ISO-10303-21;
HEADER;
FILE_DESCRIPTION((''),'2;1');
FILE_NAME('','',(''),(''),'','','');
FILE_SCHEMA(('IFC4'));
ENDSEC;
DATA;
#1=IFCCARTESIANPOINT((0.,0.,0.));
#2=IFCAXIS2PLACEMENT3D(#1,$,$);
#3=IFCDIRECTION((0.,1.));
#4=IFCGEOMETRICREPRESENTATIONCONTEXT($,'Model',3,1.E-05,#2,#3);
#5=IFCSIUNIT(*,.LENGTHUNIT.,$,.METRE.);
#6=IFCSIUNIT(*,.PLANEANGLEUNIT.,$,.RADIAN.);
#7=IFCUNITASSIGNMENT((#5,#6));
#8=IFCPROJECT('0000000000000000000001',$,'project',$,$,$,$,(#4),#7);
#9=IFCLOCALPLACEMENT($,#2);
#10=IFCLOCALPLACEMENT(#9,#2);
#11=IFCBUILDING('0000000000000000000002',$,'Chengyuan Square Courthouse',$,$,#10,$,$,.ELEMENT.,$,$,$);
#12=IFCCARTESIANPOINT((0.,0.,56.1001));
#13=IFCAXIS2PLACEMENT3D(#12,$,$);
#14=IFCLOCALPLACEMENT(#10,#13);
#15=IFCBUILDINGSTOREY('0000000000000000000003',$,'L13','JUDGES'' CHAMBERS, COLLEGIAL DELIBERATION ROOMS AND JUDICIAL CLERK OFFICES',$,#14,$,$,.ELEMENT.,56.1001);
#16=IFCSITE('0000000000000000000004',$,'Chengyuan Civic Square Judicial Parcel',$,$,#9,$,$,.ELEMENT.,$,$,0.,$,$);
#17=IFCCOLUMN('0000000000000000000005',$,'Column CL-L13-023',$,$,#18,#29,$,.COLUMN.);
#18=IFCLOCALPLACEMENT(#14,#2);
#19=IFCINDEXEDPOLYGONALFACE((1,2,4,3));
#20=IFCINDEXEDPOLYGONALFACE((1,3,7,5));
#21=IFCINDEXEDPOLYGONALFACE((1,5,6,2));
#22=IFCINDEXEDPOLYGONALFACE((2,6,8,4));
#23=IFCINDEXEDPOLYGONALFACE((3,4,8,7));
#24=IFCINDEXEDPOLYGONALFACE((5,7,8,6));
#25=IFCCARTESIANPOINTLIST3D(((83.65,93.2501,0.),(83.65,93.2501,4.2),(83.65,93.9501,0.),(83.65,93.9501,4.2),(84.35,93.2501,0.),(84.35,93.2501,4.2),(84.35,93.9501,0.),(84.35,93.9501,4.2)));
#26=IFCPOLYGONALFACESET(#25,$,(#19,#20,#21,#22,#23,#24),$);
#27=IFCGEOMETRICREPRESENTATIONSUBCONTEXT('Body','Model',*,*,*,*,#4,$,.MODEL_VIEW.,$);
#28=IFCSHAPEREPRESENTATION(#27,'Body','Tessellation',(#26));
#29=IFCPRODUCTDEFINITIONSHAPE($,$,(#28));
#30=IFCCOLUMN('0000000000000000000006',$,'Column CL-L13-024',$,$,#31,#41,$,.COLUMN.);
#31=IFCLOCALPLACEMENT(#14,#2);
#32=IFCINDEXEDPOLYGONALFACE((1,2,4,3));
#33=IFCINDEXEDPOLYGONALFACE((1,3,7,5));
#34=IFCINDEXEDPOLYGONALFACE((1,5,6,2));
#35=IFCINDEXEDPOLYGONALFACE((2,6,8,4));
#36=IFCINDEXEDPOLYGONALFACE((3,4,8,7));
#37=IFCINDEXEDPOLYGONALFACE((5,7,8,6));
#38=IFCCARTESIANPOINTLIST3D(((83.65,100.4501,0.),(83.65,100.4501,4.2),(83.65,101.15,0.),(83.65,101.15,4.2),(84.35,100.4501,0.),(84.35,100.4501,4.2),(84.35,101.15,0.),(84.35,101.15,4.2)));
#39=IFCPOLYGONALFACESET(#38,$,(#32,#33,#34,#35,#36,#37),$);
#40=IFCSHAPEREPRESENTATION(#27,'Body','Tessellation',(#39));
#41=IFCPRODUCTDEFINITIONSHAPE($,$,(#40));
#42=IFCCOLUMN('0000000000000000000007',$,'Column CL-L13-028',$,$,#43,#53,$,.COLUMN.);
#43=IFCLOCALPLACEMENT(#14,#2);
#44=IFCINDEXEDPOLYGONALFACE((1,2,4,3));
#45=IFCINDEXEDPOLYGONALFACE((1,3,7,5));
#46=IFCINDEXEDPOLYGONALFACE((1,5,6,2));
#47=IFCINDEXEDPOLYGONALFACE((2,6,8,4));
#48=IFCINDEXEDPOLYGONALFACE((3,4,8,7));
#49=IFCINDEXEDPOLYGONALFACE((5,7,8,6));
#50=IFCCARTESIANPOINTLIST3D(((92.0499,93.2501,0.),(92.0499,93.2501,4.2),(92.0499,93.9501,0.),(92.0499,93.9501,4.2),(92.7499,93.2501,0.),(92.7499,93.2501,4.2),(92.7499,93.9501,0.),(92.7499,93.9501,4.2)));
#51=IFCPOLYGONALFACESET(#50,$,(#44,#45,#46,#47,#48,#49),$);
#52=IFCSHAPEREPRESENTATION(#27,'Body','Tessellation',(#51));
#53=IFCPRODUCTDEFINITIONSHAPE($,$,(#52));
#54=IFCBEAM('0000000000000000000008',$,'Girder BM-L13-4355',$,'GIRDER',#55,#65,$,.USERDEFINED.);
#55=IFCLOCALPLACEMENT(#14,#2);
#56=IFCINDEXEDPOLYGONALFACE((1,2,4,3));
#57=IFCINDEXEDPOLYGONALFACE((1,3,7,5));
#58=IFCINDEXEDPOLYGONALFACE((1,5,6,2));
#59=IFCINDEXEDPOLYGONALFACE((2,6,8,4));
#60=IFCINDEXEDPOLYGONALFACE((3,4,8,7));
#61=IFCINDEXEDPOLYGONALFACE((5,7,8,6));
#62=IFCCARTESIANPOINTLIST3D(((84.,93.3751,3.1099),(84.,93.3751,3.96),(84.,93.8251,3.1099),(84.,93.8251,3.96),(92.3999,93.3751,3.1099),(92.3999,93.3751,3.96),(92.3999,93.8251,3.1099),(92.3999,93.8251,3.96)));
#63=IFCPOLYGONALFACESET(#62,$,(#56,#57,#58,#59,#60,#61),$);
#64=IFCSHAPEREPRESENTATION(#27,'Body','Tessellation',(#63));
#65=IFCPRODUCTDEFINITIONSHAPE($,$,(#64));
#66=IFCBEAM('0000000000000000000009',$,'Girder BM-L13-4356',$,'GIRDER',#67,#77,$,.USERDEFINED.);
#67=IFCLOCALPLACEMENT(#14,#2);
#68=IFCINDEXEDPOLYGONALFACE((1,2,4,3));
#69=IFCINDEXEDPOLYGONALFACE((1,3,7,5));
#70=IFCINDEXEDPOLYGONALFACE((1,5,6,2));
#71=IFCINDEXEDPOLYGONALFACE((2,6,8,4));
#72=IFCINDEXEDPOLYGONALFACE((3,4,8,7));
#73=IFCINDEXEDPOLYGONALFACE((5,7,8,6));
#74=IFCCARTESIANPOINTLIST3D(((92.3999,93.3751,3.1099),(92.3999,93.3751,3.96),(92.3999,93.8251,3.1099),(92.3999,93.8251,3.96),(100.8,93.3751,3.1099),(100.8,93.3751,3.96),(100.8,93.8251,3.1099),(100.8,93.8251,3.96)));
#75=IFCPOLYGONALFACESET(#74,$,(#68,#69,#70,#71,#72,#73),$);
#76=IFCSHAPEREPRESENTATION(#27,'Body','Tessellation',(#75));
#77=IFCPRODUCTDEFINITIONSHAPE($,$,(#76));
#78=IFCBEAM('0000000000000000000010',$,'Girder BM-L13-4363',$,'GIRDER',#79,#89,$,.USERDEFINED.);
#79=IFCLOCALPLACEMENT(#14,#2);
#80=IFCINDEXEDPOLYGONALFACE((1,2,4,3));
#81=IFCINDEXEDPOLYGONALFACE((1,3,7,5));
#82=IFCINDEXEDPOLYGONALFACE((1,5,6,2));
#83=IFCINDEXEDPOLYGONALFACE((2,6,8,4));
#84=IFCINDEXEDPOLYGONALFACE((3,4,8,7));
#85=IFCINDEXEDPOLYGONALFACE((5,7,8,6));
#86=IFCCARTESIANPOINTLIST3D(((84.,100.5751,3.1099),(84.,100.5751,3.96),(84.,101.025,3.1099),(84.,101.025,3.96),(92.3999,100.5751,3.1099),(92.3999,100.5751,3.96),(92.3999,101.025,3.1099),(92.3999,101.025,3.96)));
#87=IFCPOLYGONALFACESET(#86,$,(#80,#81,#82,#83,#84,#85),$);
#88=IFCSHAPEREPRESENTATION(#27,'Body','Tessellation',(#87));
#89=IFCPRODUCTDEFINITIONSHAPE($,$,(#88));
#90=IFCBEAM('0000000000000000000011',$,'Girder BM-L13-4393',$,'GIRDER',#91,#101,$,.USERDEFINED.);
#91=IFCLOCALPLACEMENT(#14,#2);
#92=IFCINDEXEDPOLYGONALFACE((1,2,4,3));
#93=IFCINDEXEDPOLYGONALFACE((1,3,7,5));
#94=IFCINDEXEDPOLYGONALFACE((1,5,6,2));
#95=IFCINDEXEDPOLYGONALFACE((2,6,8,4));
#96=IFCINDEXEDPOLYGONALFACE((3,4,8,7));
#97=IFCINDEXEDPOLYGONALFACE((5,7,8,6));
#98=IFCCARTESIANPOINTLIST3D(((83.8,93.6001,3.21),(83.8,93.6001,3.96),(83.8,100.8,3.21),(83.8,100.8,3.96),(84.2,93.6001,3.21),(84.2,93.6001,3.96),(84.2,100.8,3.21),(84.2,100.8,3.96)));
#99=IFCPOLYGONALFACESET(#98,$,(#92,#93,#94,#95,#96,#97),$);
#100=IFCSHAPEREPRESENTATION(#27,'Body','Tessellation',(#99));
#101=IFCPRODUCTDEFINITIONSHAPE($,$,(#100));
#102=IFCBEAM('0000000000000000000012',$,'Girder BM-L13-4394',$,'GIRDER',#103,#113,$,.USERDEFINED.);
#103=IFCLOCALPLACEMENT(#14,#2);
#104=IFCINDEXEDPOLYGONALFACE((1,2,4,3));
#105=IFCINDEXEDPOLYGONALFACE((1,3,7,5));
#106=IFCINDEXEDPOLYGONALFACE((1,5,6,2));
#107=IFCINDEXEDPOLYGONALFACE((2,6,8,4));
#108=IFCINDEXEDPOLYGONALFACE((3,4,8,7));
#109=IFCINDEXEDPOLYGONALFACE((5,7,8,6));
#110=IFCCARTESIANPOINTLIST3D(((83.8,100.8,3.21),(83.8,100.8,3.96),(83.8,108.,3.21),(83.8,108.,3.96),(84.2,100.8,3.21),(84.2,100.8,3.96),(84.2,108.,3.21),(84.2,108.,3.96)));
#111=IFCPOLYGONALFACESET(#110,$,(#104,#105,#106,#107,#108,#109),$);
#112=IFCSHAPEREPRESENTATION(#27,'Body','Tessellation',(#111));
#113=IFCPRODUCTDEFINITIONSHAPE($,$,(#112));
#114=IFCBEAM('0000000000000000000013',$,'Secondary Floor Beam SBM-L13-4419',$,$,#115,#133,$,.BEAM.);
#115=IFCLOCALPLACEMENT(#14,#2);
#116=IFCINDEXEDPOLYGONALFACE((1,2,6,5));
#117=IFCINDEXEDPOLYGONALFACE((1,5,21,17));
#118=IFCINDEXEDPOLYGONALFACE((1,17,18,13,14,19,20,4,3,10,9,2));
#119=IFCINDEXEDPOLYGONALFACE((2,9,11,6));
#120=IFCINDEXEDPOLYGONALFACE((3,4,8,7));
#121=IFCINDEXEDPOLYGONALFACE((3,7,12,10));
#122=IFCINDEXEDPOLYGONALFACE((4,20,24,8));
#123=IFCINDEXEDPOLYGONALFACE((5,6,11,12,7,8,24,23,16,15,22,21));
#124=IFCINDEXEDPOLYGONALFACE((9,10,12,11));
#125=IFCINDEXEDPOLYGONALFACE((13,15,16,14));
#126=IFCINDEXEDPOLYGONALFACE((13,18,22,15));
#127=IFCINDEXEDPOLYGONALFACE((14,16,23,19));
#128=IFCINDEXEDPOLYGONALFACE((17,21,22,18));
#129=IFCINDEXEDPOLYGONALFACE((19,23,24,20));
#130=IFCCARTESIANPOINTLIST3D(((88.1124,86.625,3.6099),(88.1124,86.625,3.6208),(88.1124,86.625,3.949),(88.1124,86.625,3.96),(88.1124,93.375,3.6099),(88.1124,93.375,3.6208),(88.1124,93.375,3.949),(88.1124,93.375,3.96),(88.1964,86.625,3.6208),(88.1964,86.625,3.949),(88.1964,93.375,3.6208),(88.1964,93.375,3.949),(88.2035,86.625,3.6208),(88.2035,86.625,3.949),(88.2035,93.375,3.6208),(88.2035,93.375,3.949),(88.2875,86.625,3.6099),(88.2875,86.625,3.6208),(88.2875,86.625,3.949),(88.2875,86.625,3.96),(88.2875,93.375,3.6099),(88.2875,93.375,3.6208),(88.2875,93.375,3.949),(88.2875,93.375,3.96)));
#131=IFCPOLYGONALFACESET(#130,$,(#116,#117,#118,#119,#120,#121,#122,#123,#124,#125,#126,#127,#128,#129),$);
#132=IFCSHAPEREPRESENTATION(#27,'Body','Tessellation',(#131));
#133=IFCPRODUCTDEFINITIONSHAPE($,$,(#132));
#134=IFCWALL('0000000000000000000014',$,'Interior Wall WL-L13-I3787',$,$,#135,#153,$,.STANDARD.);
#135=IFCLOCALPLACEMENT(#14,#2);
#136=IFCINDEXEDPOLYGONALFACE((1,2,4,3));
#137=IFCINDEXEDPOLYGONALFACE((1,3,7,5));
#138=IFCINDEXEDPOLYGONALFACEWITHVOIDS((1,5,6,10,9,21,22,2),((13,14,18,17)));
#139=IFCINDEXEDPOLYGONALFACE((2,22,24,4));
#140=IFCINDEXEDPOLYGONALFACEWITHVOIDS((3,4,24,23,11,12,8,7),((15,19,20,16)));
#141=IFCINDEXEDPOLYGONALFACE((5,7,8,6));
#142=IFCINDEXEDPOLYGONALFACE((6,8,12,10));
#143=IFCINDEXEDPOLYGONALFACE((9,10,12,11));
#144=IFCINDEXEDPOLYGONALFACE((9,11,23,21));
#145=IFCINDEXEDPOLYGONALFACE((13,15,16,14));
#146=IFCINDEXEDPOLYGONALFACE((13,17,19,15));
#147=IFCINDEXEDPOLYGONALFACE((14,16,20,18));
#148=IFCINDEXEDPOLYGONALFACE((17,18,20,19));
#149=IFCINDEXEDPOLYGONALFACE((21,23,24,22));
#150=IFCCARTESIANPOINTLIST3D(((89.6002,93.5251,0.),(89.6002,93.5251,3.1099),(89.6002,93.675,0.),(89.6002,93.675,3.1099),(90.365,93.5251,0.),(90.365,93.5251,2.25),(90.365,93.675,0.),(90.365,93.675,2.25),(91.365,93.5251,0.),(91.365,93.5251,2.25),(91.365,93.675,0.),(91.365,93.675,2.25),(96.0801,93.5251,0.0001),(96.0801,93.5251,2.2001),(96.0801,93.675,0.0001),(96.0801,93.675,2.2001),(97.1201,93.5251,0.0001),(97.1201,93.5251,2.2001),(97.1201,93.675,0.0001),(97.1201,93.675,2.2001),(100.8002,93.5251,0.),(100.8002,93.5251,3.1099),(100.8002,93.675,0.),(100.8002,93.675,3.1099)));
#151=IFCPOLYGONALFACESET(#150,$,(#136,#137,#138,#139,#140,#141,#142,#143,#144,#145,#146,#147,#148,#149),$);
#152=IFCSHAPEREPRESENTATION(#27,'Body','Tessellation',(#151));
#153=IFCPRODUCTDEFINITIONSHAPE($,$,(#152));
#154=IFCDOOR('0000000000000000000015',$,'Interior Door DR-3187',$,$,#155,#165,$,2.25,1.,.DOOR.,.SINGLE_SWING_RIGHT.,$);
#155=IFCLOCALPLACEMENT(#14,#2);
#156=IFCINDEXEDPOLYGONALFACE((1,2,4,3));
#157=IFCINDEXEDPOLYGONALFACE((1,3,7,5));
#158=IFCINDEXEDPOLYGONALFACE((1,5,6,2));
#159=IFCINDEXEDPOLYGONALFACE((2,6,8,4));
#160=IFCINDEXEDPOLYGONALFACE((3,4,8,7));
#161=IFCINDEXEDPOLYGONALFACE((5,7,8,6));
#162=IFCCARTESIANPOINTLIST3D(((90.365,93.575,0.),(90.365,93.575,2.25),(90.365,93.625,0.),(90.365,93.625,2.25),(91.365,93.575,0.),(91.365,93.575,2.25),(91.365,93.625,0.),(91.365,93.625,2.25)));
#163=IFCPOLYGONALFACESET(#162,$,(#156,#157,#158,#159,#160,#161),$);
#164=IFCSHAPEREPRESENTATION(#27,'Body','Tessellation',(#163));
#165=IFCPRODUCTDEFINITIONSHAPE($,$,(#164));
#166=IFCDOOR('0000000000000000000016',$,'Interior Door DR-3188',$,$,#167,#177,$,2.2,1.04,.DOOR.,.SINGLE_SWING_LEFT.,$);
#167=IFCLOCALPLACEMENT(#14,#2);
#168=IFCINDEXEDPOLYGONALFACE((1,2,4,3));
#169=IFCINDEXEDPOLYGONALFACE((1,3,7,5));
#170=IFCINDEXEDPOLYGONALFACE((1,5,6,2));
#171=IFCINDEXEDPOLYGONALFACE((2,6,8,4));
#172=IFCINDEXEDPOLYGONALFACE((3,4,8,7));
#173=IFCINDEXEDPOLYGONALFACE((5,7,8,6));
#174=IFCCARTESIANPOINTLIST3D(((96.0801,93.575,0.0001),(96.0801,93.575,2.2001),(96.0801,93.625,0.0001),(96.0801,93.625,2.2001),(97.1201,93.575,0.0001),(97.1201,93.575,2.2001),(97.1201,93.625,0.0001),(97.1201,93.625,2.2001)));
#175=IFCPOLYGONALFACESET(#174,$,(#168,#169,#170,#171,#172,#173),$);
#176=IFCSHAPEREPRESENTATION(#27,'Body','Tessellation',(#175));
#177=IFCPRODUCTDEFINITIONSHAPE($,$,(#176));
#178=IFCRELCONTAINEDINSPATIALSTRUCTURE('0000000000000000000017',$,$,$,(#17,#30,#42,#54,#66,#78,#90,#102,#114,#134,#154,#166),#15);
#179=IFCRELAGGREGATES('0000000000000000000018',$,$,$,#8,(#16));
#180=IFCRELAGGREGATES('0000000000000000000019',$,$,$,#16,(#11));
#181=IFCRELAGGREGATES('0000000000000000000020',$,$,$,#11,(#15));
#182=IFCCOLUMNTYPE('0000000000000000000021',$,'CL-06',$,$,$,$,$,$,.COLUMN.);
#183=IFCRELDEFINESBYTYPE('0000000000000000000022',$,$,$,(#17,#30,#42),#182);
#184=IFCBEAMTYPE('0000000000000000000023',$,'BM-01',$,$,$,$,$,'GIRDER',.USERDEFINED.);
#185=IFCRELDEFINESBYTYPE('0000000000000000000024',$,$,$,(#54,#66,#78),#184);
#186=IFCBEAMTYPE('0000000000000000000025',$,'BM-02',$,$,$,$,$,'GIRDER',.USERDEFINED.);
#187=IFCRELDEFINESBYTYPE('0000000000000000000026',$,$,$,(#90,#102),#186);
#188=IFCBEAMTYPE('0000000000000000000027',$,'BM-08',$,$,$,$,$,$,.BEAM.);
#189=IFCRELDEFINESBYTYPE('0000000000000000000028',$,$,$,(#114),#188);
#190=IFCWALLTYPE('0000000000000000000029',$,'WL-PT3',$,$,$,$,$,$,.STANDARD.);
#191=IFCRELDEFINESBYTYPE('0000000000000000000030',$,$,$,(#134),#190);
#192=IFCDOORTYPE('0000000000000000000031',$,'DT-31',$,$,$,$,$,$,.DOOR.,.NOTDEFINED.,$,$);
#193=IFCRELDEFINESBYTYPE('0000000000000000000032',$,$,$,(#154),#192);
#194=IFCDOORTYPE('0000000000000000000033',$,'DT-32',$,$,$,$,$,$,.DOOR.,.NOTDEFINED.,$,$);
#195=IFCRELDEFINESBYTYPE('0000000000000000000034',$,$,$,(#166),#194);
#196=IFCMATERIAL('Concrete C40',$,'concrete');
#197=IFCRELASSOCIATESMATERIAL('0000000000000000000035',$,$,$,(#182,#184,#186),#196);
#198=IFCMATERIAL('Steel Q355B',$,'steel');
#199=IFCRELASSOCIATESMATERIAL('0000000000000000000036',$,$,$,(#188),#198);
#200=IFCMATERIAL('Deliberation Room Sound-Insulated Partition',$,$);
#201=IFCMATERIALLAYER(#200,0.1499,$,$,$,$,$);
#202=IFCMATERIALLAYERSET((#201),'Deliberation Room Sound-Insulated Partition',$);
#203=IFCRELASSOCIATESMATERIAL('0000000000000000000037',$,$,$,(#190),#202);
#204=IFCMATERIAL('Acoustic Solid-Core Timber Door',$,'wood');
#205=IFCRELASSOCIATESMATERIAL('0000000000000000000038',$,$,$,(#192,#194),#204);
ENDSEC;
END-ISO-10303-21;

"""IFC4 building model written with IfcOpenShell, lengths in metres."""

from ifc_helpers import new_model, si_unit, direction, frame, frame_2d, origin, origin_2d, place, context, subcontext, project, spatial, rectangle, i_section, extrude, material, layer, layer_set, material_profile, profile_set, type_object, element, fill, save


model = new_model("IFC4")

# Units and contexts
model_context = context("Model", 3, precision=1e-05, world=origin(), true_north=direction((0.0, 1.0)))
body_context = subcontext(model_context, "Body", "Model", "MODEL_VIEW")
ifc_project = project(units=[si_unit("LENGTHUNIT", "METRE"), si_unit("PLANEANGLEUNIT", "RADIAN")], contexts=[model_context])

# Site, building, storey
site_placement = place(None, origin())
site = spatial("IfcSite", under=ifc_project, at=site_placement, Name="Chengyuan Civic Square Judicial Parcel", CompositionType="ELEMENT", RefElevation=0.0)
building_placement = place(site_placement, origin())
building = spatial("IfcBuilding", under=site, at=building_placement, Name="Chengyuan Square Courthouse", CompositionType="ELEMENT")
storey_placement = place(building_placement, frame((0.0, 0.0, 56.1001)))
storey = spatial("IfcBuildingStorey", under=building, at=storey_placement, Name="L13", Description="JUDGES' CHAMBERS, COLLEGIAL DELIBERATION ROOMS AND JUDICIAL CLERK OFFICES", CompositionType="ELEMENT", Elevation=56.1001)

# Columns
ifc_material_1 = material(Name="Concrete C40", Category="concrete")
ifc_material_profile_1 = material_profile(ifc_material_1, rectangle(XDim=0.7, YDim=0.7, at=origin_2d()), Name="RC-COL-700x700")
ifc_profile_set_1 = profile_set([ifc_material_profile_1], Name="Concrete C40")
column_type = type_object("IfcColumnType", Name="CL-06", PredefinedType="COLUMN", material=ifc_profile_set_1)
for number, where, z_axis, x_axis, name in (
    (1, (84.0, 93.6001, 0.0), (0.0, 0.0, 1.0), (1.0, 0.0, 0.0), "Column CL-L13-023"),
    (2, (84.0, 100.8, 0.0), (0.0, 0.0, 1.0), (1.0, 0.0, 0.0), "Column CL-L13-024"),
    (3, (92.3999, 93.6001, 0.0), (0.0, 0.0, 1.0), (1.0, 0.0, 0.0), "Column CL-L13-028"),
):
    element("IfcColumn", number, at=place(storey_placement, frame(where, z_axis=z_axis, x_axis=x_axis)), inside=storey, type_object=column_type, Name=name, PredefinedType="COLUMN", context=body_context, shape_type="SweptSolid", body=[
        extrude(rectangle(XDim=0.7, YDim=0.7, at=origin_2d()), origin(), (0.0, 0.0, 1.0), 4.2),
    ])

# Beams
ifc_material_profile_2 = material_profile(ifc_material_1, rectangle(XDim=0.45, YDim=0.8501, at=origin_2d()), Name="RC-BM-450x850")
ifc_profile_set_2 = profile_set([ifc_material_profile_2], Name="Concrete C40")
beam_type_1 = type_object("IfcBeamType", Name="BM-01", ElementType="GIRDER", PredefinedType="USERDEFINED", material=ifc_profile_set_2)
beam_1_placement = place(storey_placement, frame((84.0, 93.6001, 3.5349), z_axis=(1.0, 0.0, 0.0), x_axis=(0.0, 1.0, 0.0)))
element("IfcBeam", 4, at=beam_1_placement, inside=storey, type_object=beam_type_1, Name="Girder BM-L13-4355", ObjectType="GIRDER", PredefinedType="USERDEFINED", context=body_context, shape_type="SweptSolid", body=[
    extrude(rectangle(XDim=0.45, YDim=0.8501, at=origin_2d()), origin(), (0.0, 0.0, 1.0), 8.3999),
])
beam_2_placement = place(storey_placement, frame((92.3999, 93.6001, 3.5349), z_axis=(1.0, 0.0, 0.0), x_axis=(0.0, 1.0, 0.0)))
element("IfcBeam", 5, at=beam_2_placement, inside=storey, type_object=beam_type_1, Name="Girder BM-L13-4356", ObjectType="GIRDER", PredefinedType="USERDEFINED", context=body_context, shape_type="SweptSolid", body=[
    extrude(rectangle(XDim=0.45, YDim=0.8501, at=origin_2d()), origin(), (0.0, 0.0, 1.0), 8.4001),
])
beam_3_placement = place(storey_placement, frame((84.0, 100.8, 3.5349), z_axis=(1.0, 0.0, 0.0), x_axis=(0.0, 1.0, 0.0)))
element("IfcBeam", 6, at=beam_3_placement, inside=storey, type_object=beam_type_1, Name="Girder BM-L13-4363", ObjectType="GIRDER", PredefinedType="USERDEFINED", context=body_context, shape_type="SweptSolid", body=[
    extrude(rectangle(XDim=0.45, YDim=0.8501, at=origin_2d()), origin(), (0.0, 0.0, 1.0), 8.3999),
])
ifc_material_profile_3 = material_profile(ifc_material_1, rectangle(XDim=0.3999, YDim=0.75, at=origin_2d()), Name="RC-BM-400x750")
ifc_profile_set_3 = profile_set([ifc_material_profile_3], Name="Concrete C40")
beam_type_2 = type_object("IfcBeamType", Name="BM-02", ElementType="GIRDER", PredefinedType="USERDEFINED", material=ifc_profile_set_3)
for number, where, z_axis, x_axis, name in (
    (7, (84.0, 93.6001, 3.585), (0.0, 1.0, 0.0), (-1.0, 0.0, 0.0), "Girder BM-L13-4393"),
    (8, (84.0, 100.8, 3.585), (0.0, 1.0, 0.0), (-1.0, 0.0, 0.0), "Girder BM-L13-4394"),
):
    element("IfcBeam", number, at=place(storey_placement, frame(where, z_axis=z_axis, x_axis=x_axis)), inside=storey, type_object=beam_type_2, Name=name, ObjectType="GIRDER", PredefinedType="USERDEFINED", context=body_context, shape_type="SweptSolid", body=[
        extrude(rectangle(XDim=0.3999, YDim=0.75, at=origin_2d()), origin(), (0.0, 0.0, 1.0), 7.2),
    ])
ifc_material_2 = material(Name="Steel Q355B", Category="steel")
ifc_material_profile_4 = material_profile(ifc_material_2, i_section(OverallWidth=0.175, OverallDepth=0.3501, WebThickness=0.0071, FlangeThickness=0.011, at=origin_2d()), Name="HN 350x175x7x11")
ifc_profile_set_4 = profile_set([ifc_material_profile_4], Name="Steel Q355B")
beam_type_3 = type_object("IfcBeamType", Name="BM-08", PredefinedType="BEAM", material=ifc_profile_set_4)
beam_4_placement = place(storey_placement, frame((88.2, 86.625, 3.7849), z_axis=(0.0, 1.0, 0.0), x_axis=(-1.0, 0.0, 0.0)))
element("IfcBeam", 9, at=beam_4_placement, inside=storey, type_object=beam_type_3, Name="Secondary Floor Beam SBM-L13-4419", PredefinedType="BEAM", context=body_context, shape_type="SweptSolid", body=[
    extrude(i_section(OverallWidth=0.175, OverallDepth=0.3501, WebThickness=0.0071, FlangeThickness=0.011, at=origin_2d()), origin(), (0.0, 0.0, 1.0), 6.75),
])

# Wall, openings, doors
ifc_material_3 = material(Name="Deliberation Room Sound-Insulated Partition")
ifc_layer_1 = layer(ifc_material_3, 0.1499)
ifc_layer_set_1 = layer_set([ifc_layer_1], Name="Deliberation Room Sound-Insulated Partition")
wall_type_1 = type_object("IfcWallType", Name="WL-PT3", PredefinedType="STANDARD", material=ifc_layer_set_1)
wall_1_placement = place(storey_placement, frame((89.6001, 93.6001, 0.0), z_axis=(0.0, 0.0, 1.0), x_axis=(1.0, 0.0, 0.0)))
wall_1 = element("IfcWall", 10, at=wall_1_placement, inside=storey, type_object=wall_type_1, Name="Interior Wall WL-L13-I3787", PredefinedType="STANDARD", context=body_context, shape_type="SweptSolid", body=[
    extrude(rectangle(XDim=11.2, YDim=0.1499, at=frame_2d((5.6001, 0.0))), origin(), (0.0, 0.0, 1.0), 3.1099),
])
opening_1_placement = place(wall_1_placement, frame((0.7649, 0.0, 0.0)))
opening_1 = element("IfcOpeningElement", 11, at=opening_1_placement, cuts=wall_1, PredefinedType="OPENING", context=body_context, shape_type="SweptSolid", body=[
    extrude(rectangle(XDim=1.0, YDim=2.25, at=frame_2d((0.5, 1.125))), frame((0.0, 0.0869, 0.0), z_axis=(0.0, -1.0, 0.0), x_axis=(1.0, 0.0, 0.0)), (0.0, 0.0, 1.0), 0.1738),
])
opening_2_placement = place(wall_1_placement, frame((6.48, 0.0, 0.0)))
opening_2 = element("IfcOpeningElement", 12, at=opening_2_placement, cuts=wall_1, PredefinedType="OPENING", context=body_context, shape_type="SweptSolid", body=[
    extrude(rectangle(XDim=1.04, YDim=2.2, at=frame_2d((0.52, 1.1001))), frame((0.0, 0.0869, 0.0), z_axis=(0.0, -1.0, 0.0), x_axis=(1.0, 0.0, 0.0)), (0.0, 0.0, 1.0), 0.1738),
])
ifc_material_4 = material(Name="Acoustic Solid-Core Timber Door", Category="wood")
door_type_1 = type_object("IfcDoorType", Name="DT-31", OperationType="NOTDEFINED", PredefinedType="DOOR", material=ifc_material_4)
door_1_placement = place(opening_1_placement, origin())
door_1 = element("IfcDoor", 13, at=door_1_placement, inside=storey, type_object=door_type_1, Name="Interior Door DR-3187", OperationType="SINGLE_SWING_RIGHT", OverallHeight=2.25, OverallWidth=1.0, PredefinedType="DOOR", context=body_context, shape_type="SweptSolid", body=[
    extrude(rectangle(XDim=1.0, YDim=2.25, at=frame_2d((0.5, 1.125))), frame((0.0, 0.0249, 0.0), z_axis=(0.0, -1.0, 0.0), x_axis=(1.0, 0.0, 0.0)), (0.0, 0.0, 1.0), 0.05),
])
fill(opening_1, door_1)
door_type_2 = type_object("IfcDoorType", Name="DT-32", OperationType="NOTDEFINED", PredefinedType="DOOR", material=ifc_material_4)
door_2_placement = place(opening_2_placement, origin())
door_2 = element("IfcDoor", 14, at=door_2_placement, inside=storey, type_object=door_type_2, Name="Interior Door DR-3188", OperationType="SINGLE_SWING_LEFT", OverallHeight=2.2, OverallWidth=1.04, PredefinedType="DOOR", context=body_context, shape_type="SweptSolid", body=[
    extrude(rectangle(XDim=1.04, YDim=2.2, at=frame_2d((0.52, 1.1001))), frame((0.0, 0.0249, 0.0), z_axis=(0.0, -1.0, 0.0), x_axis=(1.0, 0.0, 0.0)), (0.0, 0.0, 1.0), 0.05),
])
fill(opening_2, door_2)

save(model, "model.ifc")
